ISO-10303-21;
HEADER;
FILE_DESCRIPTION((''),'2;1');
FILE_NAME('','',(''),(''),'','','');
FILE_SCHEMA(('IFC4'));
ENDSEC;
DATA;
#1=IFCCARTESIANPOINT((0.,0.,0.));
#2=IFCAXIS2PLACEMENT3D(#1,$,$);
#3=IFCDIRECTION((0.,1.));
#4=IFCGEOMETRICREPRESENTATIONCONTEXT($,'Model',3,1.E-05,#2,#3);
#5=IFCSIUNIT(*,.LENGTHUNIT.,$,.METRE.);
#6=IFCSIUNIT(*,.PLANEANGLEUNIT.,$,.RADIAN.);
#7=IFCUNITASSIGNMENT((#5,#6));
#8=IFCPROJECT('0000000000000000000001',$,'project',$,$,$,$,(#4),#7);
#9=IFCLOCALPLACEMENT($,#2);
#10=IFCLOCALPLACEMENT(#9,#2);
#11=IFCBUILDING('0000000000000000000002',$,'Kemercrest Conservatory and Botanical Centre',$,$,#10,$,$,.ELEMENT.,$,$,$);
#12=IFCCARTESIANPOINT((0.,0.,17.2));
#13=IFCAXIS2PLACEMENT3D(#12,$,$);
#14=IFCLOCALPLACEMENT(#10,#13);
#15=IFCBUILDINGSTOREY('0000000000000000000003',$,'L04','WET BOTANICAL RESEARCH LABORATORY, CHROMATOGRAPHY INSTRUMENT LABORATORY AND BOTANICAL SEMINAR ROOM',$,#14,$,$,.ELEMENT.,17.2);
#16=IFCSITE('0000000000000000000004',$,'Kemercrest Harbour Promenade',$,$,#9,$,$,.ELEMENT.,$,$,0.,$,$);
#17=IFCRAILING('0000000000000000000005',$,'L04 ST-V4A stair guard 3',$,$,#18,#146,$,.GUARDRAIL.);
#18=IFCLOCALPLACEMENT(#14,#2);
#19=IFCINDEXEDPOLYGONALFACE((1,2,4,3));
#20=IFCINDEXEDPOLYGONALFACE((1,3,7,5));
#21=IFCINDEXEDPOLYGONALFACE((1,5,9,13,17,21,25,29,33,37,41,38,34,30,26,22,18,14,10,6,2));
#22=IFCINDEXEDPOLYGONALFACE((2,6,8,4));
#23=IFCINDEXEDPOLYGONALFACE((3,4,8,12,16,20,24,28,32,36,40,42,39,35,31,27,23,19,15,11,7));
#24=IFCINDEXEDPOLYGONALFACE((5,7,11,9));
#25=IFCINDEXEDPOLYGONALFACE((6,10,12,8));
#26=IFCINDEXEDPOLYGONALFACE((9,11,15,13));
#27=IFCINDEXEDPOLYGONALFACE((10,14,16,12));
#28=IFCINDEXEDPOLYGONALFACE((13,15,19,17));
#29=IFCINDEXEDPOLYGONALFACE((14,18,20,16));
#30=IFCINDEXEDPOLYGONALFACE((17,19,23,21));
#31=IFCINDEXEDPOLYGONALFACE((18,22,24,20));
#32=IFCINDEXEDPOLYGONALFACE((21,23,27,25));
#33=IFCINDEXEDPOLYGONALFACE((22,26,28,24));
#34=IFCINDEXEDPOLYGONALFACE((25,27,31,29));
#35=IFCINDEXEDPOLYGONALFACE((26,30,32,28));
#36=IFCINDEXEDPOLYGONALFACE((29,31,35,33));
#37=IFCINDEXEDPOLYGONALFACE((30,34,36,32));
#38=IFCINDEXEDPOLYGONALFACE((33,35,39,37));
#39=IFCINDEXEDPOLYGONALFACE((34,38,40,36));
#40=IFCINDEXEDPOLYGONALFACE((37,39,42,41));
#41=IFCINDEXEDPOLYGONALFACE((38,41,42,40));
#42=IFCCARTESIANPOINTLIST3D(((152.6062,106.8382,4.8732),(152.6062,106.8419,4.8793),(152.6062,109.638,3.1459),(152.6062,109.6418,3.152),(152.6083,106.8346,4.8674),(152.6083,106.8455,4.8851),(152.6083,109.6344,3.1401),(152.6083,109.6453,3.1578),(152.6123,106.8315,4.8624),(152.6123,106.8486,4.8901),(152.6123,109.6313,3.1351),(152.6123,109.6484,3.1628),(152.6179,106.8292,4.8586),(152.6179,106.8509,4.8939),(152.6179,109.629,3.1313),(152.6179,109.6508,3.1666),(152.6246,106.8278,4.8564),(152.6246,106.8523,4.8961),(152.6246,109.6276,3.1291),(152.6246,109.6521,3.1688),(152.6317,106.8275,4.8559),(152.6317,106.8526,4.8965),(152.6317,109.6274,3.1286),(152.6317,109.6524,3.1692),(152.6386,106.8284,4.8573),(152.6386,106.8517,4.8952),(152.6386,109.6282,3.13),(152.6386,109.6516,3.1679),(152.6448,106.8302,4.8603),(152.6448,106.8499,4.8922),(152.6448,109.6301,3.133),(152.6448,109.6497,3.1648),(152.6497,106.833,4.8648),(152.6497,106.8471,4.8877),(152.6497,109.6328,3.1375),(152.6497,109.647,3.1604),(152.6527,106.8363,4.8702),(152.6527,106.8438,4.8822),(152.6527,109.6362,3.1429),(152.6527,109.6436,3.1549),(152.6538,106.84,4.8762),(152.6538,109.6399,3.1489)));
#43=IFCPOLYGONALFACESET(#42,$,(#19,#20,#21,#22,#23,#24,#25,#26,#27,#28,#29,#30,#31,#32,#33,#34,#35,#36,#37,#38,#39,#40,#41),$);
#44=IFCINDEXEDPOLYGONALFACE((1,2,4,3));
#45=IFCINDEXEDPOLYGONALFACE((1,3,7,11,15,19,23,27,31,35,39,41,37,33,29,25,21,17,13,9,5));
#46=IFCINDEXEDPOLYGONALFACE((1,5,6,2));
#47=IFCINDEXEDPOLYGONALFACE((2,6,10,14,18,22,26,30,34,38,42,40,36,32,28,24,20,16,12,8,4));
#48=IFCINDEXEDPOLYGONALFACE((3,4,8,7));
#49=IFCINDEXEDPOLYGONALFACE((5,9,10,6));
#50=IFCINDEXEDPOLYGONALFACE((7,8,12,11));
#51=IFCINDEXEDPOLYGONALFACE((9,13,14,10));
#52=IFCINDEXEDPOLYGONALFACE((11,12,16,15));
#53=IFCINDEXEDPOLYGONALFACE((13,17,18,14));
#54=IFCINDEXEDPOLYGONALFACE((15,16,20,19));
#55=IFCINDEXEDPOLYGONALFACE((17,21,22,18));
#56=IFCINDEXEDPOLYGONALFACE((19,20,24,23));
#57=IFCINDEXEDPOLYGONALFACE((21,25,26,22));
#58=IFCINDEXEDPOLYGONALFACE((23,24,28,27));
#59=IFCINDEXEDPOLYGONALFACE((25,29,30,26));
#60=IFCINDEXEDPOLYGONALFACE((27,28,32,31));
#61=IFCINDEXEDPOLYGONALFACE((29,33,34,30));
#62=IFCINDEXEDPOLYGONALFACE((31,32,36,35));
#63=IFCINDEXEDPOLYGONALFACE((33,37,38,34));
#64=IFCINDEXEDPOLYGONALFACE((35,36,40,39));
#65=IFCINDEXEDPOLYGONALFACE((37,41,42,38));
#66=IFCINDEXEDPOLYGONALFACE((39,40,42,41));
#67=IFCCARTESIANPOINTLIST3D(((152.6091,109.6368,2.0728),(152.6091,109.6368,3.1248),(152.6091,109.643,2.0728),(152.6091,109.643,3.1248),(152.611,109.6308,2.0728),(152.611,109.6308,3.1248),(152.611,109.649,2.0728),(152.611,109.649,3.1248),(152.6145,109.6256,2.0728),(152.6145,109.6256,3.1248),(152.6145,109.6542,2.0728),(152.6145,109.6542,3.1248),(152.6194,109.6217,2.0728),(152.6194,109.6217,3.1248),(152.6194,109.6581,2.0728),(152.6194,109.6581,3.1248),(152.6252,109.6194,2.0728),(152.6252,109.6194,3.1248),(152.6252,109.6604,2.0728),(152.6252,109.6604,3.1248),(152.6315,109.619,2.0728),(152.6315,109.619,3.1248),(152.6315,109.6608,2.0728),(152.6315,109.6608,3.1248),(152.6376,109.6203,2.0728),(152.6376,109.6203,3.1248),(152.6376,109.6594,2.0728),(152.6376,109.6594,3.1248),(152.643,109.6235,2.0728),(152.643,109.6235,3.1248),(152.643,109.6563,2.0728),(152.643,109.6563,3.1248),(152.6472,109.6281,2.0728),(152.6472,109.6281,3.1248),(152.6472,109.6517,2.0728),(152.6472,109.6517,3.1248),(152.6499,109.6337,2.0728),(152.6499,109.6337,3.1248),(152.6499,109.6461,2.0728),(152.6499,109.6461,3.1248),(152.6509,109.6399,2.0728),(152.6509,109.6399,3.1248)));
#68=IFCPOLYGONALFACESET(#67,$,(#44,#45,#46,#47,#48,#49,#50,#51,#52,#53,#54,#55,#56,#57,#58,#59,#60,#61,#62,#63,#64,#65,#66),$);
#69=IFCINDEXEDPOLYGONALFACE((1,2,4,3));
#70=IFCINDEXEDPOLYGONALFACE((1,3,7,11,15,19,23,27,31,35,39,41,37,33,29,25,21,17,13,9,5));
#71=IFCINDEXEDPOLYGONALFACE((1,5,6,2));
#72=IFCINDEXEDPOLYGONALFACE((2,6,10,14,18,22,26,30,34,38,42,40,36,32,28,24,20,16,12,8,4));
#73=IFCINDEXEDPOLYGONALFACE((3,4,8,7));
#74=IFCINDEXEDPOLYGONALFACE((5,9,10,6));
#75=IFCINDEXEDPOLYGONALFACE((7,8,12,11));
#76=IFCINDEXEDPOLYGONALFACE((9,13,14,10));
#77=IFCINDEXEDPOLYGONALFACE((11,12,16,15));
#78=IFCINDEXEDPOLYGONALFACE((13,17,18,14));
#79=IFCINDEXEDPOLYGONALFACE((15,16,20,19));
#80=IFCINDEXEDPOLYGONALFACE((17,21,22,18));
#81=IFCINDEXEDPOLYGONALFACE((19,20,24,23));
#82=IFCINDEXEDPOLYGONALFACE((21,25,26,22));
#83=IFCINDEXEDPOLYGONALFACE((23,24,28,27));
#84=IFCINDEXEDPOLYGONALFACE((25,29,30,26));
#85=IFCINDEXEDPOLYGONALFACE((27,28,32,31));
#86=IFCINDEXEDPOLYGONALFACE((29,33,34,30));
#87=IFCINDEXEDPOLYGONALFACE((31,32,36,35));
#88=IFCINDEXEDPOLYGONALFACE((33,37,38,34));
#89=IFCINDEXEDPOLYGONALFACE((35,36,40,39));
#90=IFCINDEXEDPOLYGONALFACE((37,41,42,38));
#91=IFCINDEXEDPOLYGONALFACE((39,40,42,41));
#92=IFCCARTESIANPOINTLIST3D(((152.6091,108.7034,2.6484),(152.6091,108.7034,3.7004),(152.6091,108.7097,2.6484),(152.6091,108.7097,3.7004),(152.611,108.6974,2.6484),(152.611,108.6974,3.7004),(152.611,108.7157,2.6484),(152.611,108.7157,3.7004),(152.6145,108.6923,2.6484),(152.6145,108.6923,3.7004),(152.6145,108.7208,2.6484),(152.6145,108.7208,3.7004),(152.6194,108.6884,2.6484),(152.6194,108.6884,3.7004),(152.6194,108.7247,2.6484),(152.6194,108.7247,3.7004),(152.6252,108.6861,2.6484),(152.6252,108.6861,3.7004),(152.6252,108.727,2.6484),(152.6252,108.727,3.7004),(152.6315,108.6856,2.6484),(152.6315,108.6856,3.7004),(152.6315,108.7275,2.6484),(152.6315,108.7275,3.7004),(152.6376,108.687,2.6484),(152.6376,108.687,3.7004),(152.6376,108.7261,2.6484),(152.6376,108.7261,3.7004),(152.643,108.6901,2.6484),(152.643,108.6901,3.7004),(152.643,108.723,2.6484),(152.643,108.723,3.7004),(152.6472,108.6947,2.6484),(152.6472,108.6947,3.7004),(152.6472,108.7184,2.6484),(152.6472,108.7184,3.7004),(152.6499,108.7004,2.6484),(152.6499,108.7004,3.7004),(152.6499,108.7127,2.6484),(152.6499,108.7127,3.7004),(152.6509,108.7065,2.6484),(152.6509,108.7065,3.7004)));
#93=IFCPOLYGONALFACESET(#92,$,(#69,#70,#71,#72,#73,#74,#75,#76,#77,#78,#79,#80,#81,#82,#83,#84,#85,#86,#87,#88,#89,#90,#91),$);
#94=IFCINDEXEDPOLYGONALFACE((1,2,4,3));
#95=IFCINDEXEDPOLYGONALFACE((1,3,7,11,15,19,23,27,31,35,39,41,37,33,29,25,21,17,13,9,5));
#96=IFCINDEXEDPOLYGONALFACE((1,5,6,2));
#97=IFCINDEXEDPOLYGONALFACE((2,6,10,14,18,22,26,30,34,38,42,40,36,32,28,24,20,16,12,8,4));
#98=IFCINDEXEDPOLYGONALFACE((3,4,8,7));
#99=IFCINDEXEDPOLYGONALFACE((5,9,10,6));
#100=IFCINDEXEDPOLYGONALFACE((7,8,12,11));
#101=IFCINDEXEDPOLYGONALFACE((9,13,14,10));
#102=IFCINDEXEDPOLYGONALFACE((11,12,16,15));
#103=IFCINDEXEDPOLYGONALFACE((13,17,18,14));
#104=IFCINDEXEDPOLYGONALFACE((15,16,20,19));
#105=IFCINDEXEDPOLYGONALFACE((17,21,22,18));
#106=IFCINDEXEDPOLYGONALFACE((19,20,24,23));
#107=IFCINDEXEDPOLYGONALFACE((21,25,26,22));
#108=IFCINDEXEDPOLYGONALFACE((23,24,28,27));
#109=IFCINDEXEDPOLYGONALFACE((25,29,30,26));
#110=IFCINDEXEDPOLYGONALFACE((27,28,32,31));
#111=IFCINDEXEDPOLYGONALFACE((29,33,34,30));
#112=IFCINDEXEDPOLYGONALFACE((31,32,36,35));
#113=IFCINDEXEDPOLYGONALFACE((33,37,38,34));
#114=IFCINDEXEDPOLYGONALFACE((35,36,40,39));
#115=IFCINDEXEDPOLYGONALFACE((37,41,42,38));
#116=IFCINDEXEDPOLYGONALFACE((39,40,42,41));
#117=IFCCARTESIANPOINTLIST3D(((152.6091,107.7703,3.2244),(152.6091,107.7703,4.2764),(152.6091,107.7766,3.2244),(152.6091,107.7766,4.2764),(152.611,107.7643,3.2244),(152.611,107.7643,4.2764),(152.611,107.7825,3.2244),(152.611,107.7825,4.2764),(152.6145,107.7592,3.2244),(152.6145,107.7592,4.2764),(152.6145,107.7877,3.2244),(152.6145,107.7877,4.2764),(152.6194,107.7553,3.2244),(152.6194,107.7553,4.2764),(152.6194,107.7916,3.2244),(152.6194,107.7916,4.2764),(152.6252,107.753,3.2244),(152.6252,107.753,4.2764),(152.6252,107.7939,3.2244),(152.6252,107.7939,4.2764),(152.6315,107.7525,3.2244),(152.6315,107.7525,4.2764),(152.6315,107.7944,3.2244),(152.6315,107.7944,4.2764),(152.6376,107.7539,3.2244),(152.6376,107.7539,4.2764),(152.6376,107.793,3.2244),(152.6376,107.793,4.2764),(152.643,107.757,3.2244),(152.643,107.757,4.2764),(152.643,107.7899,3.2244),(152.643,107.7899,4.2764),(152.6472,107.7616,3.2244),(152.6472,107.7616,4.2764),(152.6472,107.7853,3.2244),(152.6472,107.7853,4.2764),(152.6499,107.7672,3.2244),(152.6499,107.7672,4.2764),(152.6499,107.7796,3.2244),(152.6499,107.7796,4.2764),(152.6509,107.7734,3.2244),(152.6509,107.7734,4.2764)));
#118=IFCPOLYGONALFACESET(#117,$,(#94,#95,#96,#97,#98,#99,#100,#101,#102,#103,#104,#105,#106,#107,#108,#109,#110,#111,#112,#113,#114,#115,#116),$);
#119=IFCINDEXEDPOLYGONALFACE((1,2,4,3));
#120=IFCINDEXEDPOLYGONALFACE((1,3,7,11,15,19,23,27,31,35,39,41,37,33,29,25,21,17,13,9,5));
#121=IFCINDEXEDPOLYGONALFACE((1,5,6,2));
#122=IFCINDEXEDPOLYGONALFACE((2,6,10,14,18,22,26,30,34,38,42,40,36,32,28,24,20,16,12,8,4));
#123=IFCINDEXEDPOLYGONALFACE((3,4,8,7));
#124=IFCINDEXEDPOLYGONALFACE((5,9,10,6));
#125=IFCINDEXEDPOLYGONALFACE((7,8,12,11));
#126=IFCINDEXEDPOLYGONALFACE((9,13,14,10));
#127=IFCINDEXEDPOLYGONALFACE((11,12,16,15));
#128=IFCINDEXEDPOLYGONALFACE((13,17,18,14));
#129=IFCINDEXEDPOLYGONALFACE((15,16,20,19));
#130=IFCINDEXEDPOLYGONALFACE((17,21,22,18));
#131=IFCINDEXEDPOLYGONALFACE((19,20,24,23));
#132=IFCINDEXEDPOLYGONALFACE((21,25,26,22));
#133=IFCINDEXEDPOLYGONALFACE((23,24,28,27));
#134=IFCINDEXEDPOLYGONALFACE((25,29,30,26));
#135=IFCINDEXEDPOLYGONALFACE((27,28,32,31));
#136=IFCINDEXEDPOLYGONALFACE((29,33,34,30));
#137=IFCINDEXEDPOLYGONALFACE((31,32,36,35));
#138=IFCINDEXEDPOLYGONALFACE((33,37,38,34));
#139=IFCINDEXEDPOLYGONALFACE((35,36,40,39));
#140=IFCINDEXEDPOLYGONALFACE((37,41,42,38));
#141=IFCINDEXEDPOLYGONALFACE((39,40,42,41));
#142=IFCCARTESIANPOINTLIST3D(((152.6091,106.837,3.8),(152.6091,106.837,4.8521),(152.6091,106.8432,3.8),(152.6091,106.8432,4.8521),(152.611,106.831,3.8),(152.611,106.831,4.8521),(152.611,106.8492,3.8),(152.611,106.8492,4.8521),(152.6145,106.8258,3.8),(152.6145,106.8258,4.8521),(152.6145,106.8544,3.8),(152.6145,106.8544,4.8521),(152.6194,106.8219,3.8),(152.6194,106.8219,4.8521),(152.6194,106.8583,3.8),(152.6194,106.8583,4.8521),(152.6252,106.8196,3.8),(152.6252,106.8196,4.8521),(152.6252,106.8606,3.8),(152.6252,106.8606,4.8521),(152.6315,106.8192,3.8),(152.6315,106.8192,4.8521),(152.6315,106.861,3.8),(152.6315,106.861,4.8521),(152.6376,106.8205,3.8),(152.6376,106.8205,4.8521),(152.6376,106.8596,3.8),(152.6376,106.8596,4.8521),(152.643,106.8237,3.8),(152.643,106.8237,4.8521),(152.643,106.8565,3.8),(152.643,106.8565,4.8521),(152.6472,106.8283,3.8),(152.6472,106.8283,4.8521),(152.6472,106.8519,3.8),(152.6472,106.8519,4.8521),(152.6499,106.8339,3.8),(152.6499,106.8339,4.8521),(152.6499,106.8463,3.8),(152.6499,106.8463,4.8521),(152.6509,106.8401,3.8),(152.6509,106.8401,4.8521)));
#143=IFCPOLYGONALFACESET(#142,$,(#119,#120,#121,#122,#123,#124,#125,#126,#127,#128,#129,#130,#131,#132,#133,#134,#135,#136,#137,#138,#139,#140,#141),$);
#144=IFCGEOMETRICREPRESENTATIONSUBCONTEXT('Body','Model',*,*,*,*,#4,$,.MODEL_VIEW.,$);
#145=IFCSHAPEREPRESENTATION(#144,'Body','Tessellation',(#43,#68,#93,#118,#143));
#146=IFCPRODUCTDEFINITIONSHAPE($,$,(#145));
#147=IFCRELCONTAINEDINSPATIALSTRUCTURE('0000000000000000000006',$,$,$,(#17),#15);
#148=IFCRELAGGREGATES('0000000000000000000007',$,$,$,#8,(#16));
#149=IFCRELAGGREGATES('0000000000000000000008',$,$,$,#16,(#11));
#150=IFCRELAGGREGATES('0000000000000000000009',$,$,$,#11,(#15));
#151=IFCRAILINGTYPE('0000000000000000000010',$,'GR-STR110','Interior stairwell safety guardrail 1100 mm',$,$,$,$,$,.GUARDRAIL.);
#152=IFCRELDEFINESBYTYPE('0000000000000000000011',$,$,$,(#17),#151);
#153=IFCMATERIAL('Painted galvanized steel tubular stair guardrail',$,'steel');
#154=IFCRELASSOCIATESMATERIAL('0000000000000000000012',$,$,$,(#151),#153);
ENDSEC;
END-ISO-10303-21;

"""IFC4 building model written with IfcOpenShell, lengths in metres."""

from ifc_helpers import new_model, si_unit, direction, frame, origin, origin_2d, place, context, subcontext, project, spatial, circle, extrude, material, type_object, element, save


model = new_model("IFC4")

# Units and contexts
model_context = context("Model", 3, precision=1e-05, world=origin(), true_north=direction((0.0, 1.0)))
body_context = subcontext(model_context, "Body", "Model", "MODEL_VIEW")
ifc_project = project(units=[si_unit("LENGTHUNIT", "METRE"), si_unit("PLANEANGLEUNIT", "RADIAN")], contexts=[model_context])

# Site, building, storey
site_placement = place(None, origin())
site = spatial("IfcSite", under=ifc_project, at=site_placement, Name="Kemercrest Harbour Promenade", CompositionType="ELEMENT", RefElevation=0.0)
building_placement = place(site_placement, origin())
building = spatial("IfcBuilding", under=site, at=building_placement, Name="Kemercrest Conservatory and Botanical Centre", CompositionType="ELEMENT")
storey_placement = place(building_placement, frame((0.0, 0.0, 17.2)))
storey = spatial("IfcBuildingStorey", under=building, at=storey_placement, Name="L04", Description="WET BOTANICAL RESEARCH LABORATORY, CHROMATOGRAPHY INSTRUMENT LABORATORY AND BOTANICAL SEMINAR ROOM", CompositionType="ELEMENT", Elevation=17.2)

# Railing
ifc_material_1 = material(Name="Painted galvanized steel tubular stair guardrail", Category="steel")
railing_type_1 = type_object("IfcRailingType", Name="GR-STR110", Description="Interior stairwell safety guardrail 1100 mm", PredefinedType="GUARDRAIL", material=ifc_material_1)
railing_1_placement = place(storey_placement, frame((152.6299, 109.6399, 2.0728)))
element("IfcRailing", 1, at=railing_1_placement, inside=storey, type_object=railing_type_1, Name="L04 ST-V4A stair guard 3", PredefinedType="GUARDRAIL", context=body_context, shape_type="SweptSolid", body=[
    extrude(circle(Radius=0.0239, at=origin_2d()), frame((0.0, 0.0, 1.0762), z_axis=(0.0, -0.851069, 0.525054), x_axis=(1.0, 0.0, 0.0)), (0.0, 0.0, 1.0), 3.2898),
    extrude(circle(Radius=0.021, at=origin_2d()), origin(), (0.0, 0.0, 1.0), 1.052),
    extrude(circle(Radius=0.021, at=origin_2d()), frame((0.0, -0.9333, 0.5757)), (0.0, 0.0, 1.0), 1.052),
    extrude(circle(Radius=0.021, at=origin_2d()), frame((0.0, -1.8665, 1.1516)), (0.0, 0.0, 1.0), 1.052),
    extrude(circle(Radius=0.021, at=origin_2d()), frame((0.0, -2.7998, 1.7273)), (0.0, 0.0, 1.0), 1.052),
])

save(model, "model.ifc")
